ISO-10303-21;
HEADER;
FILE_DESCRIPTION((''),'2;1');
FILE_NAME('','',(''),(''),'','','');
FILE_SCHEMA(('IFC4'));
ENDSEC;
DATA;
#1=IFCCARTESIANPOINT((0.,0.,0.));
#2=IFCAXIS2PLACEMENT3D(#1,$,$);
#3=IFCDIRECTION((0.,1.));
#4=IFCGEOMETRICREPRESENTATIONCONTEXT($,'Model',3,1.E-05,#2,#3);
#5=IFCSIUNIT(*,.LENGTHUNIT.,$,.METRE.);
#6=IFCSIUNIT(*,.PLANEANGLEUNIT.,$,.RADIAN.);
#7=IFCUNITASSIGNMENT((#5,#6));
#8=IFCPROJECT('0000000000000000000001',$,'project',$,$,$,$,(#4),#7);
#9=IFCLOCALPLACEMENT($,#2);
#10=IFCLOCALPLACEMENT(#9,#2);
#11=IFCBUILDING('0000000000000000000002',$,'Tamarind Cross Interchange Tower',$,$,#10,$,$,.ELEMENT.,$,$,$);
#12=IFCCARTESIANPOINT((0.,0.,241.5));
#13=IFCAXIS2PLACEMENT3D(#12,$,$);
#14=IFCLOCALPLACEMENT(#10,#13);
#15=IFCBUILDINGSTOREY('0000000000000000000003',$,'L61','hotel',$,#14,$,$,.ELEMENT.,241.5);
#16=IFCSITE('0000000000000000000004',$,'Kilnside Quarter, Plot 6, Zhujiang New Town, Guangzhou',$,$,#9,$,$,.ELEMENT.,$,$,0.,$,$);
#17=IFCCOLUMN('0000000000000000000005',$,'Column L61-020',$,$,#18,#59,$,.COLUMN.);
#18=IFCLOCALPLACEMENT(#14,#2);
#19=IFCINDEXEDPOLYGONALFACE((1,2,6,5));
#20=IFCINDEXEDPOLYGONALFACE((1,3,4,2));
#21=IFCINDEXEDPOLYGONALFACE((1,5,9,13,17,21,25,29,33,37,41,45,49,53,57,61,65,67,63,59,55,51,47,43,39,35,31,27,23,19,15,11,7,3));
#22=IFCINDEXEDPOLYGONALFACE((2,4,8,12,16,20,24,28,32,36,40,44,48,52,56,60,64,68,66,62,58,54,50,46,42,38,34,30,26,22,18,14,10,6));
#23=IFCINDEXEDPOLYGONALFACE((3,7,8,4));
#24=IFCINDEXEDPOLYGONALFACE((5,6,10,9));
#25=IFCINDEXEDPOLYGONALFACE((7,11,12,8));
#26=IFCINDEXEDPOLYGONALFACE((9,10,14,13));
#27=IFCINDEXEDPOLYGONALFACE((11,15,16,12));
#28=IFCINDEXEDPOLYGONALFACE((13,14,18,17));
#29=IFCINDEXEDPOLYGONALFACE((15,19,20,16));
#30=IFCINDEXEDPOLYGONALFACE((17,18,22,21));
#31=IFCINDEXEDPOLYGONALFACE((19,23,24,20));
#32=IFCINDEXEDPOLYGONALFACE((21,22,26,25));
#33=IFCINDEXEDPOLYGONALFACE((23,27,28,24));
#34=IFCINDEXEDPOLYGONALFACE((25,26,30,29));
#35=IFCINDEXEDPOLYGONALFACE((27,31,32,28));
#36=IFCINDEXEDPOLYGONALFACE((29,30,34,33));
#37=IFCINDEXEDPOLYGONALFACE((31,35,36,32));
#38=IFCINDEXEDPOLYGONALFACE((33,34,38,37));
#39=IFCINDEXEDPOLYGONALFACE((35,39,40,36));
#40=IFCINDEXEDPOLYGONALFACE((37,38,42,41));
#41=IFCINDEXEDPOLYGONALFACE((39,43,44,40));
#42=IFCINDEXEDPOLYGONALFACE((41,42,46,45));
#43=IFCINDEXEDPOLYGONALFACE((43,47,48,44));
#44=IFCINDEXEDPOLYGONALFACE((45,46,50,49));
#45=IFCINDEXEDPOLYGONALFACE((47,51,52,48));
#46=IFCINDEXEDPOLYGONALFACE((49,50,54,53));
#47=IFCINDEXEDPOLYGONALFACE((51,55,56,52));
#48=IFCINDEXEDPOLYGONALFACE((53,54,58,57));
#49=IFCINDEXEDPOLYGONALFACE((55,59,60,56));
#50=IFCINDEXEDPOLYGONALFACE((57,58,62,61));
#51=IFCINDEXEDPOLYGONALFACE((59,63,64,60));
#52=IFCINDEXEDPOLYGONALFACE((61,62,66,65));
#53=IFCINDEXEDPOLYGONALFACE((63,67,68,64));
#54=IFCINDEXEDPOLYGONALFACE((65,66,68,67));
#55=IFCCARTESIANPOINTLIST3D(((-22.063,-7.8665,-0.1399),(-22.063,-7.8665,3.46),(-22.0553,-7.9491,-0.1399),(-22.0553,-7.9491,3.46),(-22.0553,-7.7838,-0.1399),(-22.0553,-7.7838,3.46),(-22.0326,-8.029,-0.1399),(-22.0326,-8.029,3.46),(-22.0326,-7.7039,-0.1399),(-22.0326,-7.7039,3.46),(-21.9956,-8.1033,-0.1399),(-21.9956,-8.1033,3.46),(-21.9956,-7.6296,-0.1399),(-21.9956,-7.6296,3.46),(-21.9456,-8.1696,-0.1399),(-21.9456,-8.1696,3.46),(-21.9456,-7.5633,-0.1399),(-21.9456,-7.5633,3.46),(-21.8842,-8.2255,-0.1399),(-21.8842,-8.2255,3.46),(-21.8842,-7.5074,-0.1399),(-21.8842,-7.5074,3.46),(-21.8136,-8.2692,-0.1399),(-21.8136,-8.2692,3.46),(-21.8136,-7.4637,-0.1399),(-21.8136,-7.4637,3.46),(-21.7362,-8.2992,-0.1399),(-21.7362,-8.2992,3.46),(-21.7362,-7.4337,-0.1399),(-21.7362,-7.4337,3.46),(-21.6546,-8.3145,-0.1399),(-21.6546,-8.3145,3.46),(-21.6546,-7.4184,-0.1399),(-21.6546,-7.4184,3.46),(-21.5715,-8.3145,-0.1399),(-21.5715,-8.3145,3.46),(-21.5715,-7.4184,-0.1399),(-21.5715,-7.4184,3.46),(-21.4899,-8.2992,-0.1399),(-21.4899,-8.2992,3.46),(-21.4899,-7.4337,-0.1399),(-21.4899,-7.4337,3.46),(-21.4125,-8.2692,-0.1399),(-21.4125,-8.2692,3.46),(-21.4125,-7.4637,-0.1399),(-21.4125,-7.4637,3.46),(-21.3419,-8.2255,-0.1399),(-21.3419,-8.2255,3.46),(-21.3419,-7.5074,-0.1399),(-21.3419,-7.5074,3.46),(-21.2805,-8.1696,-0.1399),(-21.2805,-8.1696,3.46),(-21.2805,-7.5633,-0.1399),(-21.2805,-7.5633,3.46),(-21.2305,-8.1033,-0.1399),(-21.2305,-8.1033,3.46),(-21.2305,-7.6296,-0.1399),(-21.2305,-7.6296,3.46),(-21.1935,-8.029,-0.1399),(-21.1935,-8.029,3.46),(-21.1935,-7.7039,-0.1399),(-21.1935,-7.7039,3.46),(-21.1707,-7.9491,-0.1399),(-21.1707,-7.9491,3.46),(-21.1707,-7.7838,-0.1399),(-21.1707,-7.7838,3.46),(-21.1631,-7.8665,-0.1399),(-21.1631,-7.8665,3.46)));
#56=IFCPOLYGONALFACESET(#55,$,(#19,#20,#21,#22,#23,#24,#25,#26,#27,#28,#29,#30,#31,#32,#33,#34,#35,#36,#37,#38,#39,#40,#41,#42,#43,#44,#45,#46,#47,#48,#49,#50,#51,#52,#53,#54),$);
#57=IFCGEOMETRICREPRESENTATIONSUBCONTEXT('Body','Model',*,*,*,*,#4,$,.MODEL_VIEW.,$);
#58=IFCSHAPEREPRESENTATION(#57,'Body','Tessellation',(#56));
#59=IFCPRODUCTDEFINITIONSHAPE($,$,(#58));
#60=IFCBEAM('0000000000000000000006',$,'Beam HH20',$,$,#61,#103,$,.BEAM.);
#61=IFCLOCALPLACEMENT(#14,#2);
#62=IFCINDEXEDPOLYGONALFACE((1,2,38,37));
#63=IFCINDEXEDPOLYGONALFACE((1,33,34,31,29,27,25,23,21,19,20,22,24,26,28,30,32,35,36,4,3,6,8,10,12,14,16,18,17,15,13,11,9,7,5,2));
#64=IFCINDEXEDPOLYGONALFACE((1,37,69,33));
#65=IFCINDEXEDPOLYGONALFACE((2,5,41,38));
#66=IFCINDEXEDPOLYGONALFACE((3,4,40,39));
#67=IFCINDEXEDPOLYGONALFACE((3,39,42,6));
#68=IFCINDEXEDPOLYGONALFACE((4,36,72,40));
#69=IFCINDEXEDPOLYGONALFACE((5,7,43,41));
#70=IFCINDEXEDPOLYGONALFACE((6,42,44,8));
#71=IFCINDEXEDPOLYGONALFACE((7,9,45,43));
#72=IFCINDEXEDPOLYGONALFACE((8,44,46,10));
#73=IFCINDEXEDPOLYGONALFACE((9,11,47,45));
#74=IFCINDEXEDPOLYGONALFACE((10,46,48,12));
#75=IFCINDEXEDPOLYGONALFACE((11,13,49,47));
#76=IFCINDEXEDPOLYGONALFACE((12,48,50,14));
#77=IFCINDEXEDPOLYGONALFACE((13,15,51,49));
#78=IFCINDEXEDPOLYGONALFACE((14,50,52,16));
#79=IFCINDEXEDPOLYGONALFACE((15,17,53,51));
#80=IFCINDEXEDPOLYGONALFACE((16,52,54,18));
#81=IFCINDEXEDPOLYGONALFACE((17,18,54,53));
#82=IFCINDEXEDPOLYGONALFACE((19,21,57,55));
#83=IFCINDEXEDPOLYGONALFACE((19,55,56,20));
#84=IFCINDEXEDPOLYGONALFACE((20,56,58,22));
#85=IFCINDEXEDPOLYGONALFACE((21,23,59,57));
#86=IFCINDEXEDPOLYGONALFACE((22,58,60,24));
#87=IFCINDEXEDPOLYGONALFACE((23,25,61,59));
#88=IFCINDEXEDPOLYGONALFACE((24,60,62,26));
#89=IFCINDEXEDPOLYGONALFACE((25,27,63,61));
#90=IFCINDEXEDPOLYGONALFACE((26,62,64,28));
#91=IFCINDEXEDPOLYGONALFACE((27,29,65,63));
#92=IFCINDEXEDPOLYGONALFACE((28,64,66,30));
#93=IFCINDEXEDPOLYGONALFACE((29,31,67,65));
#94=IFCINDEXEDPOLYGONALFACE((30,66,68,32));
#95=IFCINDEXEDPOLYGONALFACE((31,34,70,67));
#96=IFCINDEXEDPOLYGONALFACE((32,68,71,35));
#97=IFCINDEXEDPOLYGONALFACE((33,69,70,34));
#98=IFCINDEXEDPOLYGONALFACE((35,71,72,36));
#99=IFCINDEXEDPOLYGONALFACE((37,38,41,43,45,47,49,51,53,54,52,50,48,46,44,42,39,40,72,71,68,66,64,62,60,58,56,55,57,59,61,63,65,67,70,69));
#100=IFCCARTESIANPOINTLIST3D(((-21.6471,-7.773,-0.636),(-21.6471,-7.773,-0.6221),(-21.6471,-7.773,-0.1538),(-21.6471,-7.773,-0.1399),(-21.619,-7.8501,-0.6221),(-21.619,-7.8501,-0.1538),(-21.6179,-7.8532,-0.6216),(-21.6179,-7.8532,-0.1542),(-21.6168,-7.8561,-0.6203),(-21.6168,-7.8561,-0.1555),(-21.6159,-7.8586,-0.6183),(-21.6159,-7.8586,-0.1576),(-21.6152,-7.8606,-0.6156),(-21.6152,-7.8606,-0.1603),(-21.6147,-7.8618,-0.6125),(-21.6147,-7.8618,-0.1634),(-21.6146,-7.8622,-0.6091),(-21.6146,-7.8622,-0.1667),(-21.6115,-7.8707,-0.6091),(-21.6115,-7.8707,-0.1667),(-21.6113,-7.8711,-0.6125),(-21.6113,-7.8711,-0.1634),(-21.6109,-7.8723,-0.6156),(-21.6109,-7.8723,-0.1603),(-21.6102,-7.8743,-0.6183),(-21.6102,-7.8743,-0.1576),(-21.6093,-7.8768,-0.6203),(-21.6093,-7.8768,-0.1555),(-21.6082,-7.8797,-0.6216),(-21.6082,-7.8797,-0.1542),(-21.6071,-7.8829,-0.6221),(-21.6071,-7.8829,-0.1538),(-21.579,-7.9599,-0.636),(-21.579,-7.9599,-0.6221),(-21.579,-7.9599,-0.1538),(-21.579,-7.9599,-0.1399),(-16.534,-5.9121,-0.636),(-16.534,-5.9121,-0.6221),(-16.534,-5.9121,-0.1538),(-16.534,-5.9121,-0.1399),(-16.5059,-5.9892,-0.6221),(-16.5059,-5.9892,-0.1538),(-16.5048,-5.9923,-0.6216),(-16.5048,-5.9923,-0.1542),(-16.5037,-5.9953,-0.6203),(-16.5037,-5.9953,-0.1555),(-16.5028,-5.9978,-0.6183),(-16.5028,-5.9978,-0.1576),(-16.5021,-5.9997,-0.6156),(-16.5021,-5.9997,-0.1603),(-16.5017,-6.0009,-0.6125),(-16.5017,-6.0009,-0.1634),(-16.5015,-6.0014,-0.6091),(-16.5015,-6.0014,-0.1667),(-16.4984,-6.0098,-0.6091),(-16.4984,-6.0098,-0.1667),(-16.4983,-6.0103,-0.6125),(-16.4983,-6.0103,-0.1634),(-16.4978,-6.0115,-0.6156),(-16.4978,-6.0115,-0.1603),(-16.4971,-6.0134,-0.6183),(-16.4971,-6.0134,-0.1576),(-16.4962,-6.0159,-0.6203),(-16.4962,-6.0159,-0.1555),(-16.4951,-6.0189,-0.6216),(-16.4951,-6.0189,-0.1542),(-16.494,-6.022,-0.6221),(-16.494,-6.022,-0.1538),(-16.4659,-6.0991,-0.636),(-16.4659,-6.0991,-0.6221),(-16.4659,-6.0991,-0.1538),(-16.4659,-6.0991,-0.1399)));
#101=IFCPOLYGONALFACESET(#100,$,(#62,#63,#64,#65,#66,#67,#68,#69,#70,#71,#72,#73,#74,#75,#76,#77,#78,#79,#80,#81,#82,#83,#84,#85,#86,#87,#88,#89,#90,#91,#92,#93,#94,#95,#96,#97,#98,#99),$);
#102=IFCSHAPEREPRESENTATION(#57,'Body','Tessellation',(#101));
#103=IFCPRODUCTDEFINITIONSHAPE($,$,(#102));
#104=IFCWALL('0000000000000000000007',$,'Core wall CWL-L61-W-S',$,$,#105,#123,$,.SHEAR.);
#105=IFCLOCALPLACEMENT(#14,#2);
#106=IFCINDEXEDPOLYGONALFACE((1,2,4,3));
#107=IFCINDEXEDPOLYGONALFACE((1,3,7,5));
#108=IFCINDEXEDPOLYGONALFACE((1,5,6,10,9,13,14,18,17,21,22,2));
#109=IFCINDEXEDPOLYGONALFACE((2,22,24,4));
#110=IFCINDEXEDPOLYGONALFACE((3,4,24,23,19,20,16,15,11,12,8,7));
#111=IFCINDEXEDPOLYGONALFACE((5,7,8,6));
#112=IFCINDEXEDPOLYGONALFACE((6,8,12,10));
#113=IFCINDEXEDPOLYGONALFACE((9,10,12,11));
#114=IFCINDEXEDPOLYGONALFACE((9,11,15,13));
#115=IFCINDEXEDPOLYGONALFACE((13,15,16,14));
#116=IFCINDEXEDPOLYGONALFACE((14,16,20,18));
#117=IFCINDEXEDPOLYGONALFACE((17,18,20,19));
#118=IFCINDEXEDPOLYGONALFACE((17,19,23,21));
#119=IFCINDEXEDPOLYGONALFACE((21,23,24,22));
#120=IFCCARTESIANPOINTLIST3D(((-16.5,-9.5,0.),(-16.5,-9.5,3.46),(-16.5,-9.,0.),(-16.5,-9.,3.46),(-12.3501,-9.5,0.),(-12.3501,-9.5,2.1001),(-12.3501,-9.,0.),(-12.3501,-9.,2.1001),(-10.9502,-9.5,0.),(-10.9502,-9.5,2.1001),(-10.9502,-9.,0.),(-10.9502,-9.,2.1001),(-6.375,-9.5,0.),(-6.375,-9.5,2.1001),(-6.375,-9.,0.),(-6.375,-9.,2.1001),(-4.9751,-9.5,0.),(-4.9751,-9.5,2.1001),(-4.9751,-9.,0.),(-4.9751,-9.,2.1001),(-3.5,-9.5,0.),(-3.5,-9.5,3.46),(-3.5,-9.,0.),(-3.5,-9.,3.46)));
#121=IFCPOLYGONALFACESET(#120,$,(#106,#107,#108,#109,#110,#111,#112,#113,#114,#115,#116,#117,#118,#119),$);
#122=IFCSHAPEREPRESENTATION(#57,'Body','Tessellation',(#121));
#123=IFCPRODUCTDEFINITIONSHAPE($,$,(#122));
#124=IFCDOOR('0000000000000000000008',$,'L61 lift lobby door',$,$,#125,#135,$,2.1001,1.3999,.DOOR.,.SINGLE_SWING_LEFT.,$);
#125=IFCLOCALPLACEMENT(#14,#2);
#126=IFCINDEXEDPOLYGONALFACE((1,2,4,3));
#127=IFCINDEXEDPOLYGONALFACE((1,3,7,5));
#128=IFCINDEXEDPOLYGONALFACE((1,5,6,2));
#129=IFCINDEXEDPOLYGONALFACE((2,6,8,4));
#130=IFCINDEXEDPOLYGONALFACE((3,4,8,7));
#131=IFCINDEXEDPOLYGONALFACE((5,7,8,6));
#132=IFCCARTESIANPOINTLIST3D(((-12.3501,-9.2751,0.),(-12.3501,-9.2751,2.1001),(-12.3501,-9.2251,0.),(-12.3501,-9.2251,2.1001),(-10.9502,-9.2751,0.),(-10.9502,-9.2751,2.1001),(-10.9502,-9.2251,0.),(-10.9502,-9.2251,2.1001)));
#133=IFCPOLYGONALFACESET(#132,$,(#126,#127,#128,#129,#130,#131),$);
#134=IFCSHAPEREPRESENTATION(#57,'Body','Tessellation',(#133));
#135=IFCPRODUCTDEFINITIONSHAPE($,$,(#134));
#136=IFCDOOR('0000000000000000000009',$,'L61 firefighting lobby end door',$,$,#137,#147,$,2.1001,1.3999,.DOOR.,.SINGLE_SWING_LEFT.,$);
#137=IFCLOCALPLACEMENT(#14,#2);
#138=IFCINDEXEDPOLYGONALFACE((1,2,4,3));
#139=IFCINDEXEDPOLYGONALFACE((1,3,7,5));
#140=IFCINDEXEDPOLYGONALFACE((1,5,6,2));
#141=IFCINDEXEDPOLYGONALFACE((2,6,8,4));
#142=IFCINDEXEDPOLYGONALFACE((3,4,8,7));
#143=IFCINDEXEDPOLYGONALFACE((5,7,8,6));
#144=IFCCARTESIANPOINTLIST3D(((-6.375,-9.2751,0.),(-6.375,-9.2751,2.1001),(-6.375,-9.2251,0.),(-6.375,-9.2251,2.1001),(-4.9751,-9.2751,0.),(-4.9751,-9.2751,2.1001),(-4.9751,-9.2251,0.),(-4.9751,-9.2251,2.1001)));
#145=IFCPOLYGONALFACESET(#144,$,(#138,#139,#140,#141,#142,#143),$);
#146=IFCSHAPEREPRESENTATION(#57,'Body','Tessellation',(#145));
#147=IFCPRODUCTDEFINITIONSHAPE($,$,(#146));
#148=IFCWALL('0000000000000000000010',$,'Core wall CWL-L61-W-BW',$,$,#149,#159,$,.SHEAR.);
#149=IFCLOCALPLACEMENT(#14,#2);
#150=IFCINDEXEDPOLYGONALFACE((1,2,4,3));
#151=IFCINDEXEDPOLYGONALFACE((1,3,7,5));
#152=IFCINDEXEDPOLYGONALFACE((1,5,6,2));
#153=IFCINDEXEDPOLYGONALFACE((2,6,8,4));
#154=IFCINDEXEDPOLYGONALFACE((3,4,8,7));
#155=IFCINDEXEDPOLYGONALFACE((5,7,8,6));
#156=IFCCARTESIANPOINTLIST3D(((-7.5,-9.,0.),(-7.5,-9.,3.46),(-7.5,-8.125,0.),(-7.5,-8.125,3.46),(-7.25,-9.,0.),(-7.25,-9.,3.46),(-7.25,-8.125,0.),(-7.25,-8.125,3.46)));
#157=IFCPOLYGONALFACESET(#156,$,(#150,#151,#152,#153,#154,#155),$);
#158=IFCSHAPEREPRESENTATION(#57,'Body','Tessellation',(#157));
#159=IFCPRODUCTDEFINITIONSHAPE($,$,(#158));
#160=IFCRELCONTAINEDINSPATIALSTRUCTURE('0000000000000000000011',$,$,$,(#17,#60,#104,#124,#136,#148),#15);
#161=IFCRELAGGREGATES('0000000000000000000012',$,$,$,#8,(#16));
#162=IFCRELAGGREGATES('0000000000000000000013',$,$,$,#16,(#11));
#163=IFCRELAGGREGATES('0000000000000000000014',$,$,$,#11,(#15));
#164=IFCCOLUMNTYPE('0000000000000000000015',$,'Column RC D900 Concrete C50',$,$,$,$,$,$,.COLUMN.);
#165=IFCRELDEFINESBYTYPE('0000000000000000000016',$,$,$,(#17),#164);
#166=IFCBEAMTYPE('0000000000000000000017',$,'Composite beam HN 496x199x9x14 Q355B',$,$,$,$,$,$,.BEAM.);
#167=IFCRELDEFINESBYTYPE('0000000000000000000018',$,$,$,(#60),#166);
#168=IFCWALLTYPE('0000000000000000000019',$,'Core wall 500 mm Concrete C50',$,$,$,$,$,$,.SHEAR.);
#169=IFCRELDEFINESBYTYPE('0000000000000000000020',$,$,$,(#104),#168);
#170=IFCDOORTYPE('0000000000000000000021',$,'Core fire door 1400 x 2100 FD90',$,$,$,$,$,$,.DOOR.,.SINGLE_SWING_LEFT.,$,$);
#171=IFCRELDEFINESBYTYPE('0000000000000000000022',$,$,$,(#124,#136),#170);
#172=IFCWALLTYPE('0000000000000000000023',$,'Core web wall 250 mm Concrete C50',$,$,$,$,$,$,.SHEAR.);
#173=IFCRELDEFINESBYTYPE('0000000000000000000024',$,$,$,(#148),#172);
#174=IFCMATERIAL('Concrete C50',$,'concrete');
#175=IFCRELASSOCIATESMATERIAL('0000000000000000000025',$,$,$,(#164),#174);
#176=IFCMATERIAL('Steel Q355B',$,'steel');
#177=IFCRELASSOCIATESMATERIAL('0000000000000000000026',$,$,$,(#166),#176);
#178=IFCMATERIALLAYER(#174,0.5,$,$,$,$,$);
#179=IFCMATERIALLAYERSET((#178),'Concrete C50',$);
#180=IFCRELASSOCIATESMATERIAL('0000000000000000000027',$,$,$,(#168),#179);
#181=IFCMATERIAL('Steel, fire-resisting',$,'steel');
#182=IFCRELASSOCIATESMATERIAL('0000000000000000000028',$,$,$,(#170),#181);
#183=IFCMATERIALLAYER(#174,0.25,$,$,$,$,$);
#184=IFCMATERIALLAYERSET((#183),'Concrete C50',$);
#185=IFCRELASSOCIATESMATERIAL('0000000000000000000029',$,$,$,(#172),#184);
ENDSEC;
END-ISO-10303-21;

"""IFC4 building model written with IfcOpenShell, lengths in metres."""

from ifc_helpers import new_model, si_unit, direction, frame, frame_2d, origin, origin_2d, place, context, subcontext, project, spatial, rectangle, circle, i_section, extrude, material, layer, layer_set, material_profile, profile_set, type_object, element, fill, save


model = new_model("IFC4")

# Units and contexts
model_context = context("Model", 3, precision=1e-05, world=origin(), true_north=direction((0.0, 1.0)))
body_context = subcontext(model_context, "Body", "Model", "MODEL_VIEW")
ifc_project = project(units=[si_unit("LENGTHUNIT", "METRE"), si_unit("PLANEANGLEUNIT", "RADIAN")], contexts=[model_context])

# Site, building, storey
site_placement = place(None, origin())
site = spatial("IfcSite", under=ifc_project, at=site_placement, Name="Kilnside Quarter, Plot 6, Zhujiang New Town, Guangzhou", CompositionType="ELEMENT", RefElevation=0.0)
building_placement = place(site_placement, origin())
building = spatial("IfcBuilding", under=site, at=building_placement, Name="Tamarind Cross Interchange Tower", CompositionType="ELEMENT")
storey_placement = place(building_placement, frame((0.0, 0.0, 241.5)))
storey = spatial("IfcBuildingStorey", under=building, at=storey_placement, Name="L61", Description="hotel", CompositionType="ELEMENT", Elevation=241.5)

# Column
ifc_material_1 = material(Name="Concrete C50", Category="concrete")
ifc_material_profile_1 = material_profile(ifc_material_1, circle(Radius=0.45, at=origin_2d()), Name="RC D900")
ifc_profile_set_1 = profile_set([ifc_material_profile_1], Name="Concrete C50")
column_type = type_object("IfcColumnType", Name="Column RC D900 Concrete C50", PredefinedType="COLUMN", material=ifc_profile_set_1)
column_placement = place(storey_placement, frame((-21.613, -7.8665, -0.1399), z_axis=(0.0, 0.0, 1.0), x_axis=(1.0, 0.0, 0.0)))
element("IfcColumn", 1, at=column_placement, inside=storey, type_object=column_type, Name="Column L61-020", PredefinedType="COLUMN", context=body_context, shape_type="SweptSolid", body=[
    extrude(circle(Radius=0.45, at=origin_2d()), origin(), (0.0, 0.0, 1.0), 3.5999),
])

# Beam
ifc_material_2 = material(Name="Steel Q355B", Category="steel")
ifc_material_profile_2 = material_profile(ifc_material_2, i_section(OverallWidth=0.199, OverallDepth=0.4961, WebThickness=0.009, FlangeThickness=0.0139, FilletRadius=0.0129, at=origin_2d()), Name="HN 496x199x9x14")
ifc_profile_set_2 = profile_set([ifc_material_profile_2], Name="Steel Q355B")
beam_type = type_object("IfcBeamType", Name="Composite beam HN 496x199x9x14 Q355B", PredefinedType="BEAM", material=ifc_profile_set_2)
beam_placement = place(storey_placement, frame((-21.613, -7.8665, -0.3879), z_axis=(0.939702, 0.341995, 0.0), x_axis=(-0.341995, 0.939702, 0.0)))
element("IfcBeam", 2, at=beam_placement, inside=storey, type_object=beam_type, Name="Beam HH20", PredefinedType="BEAM", context=body_context, shape_type="SweptSolid", body=[
    extrude(i_section(OverallWidth=0.199, OverallDepth=0.4961, WebThickness=0.009, FlangeThickness=0.0139, FilletRadius=0.0129, at=origin_2d()), origin(), (0.0, 0.0, 1.0), 5.4412),
])

# Wall, openings, doors
ifc_layer_1 = layer(ifc_material_1, 0.5)
ifc_layer_set_1 = layer_set([ifc_layer_1], Name="Concrete C50")
wall_type_1 = type_object("IfcWallType", Name="Core wall 500 mm Concrete C50", PredefinedType="SHEAR", material=ifc_layer_set_1)
wall_1_placement = place(storey_placement, frame((-16.5, -9.25, 0.0), z_axis=(0.0, 0.0, 1.0), x_axis=(1.0, 0.0, 0.0)))
wall_1 = element("IfcWall", 3, at=wall_1_placement, inside=storey, type_object=wall_type_1, Name="Core wall CWL-L61-W-S", PredefinedType="SHEAR", context=body_context, shape_type="SweptSolid", body=[
    extrude(rectangle(XDim=13.0, YDim=0.5, at=frame_2d((6.5, 0.0))), origin(), (0.0, 0.0, 1.0), 3.46),
])
opening_1_placement = place(wall_1_placement, frame((4.1499, 0.0, 0.0)))
opening_1 = element("IfcOpeningElement", 4, at=opening_1_placement, cuts=wall_1, PredefinedType="OPENING", context=body_context, shape_type="SweptSolid", body=[
    extrude(rectangle(XDim=1.3999, YDim=2.1001, at=frame_2d((0.7, 1.05))), frame((0.0, 0.26, 0.0), z_axis=(0.0, -1.0, 0.0), x_axis=(1.0, 0.0, 0.0)), (0.0, 0.0, 1.0), 0.52),
])
opening_2_placement = place(wall_1_placement, frame((10.125, 0.0, 0.0)))
opening_2 = element("IfcOpeningElement", 5, at=opening_2_placement, cuts=wall_1, PredefinedType="OPENING", context=body_context, shape_type="SweptSolid", body=[
    extrude(rectangle(XDim=1.3999, YDim=2.1001, at=frame_2d((0.7, 1.05))), frame((0.0, 0.26, 0.0), z_axis=(0.0, -1.0, 0.0), x_axis=(1.0, 0.0, 0.0)), (0.0, 0.0, 1.0), 0.52),
])
ifc_material_3 = material(Name="Steel, fire-resisting", Category="steel")
door_type_1 = type_object("IfcDoorType", Name="Core fire door 1400 x 2100 FD90", OperationType="SINGLE_SWING_LEFT", PredefinedType="DOOR", material=ifc_material_3)
door_1_placement = place(opening_1_placement, origin())
door_1 = element("IfcDoor", 6, at=door_1_placement, inside=storey, type_object=door_type_1, Name="L61 lift lobby door", OperationType="SINGLE_SWING_LEFT", OverallHeight=2.1001, OverallWidth=1.3999, PredefinedType="DOOR", context=body_context, shape_type="SweptSolid", body=[
    extrude(rectangle(XDim=1.3999, YDim=2.1001, at=frame_2d((0.7, 1.05))), frame((0.0, 0.0249, 0.0), z_axis=(0.0, -1.0, 0.0), x_axis=(1.0, 0.0, 0.0)), (0.0, 0.0, 1.0), 0.05),
])
fill(opening_1, door_1)
door_2_placement = place(opening_2_placement, origin())
door_2 = element("IfcDoor", 7, at=door_2_placement, inside=storey, type_object=door_type_1, Name="L61 firefighting lobby end door", OperationType="SINGLE_SWING_LEFT", OverallHeight=2.1001, OverallWidth=1.3999, PredefinedType="DOOR", context=body_context, shape_type="SweptSolid", body=[
    extrude(rectangle(XDim=1.3999, YDim=2.1001, at=frame_2d((0.7, 1.05))), frame((0.0, 0.0249, 0.0), z_axis=(0.0, -1.0, 0.0), x_axis=(1.0, 0.0, 0.0)), (0.0, 0.0, 1.0), 0.05),
])
fill(opening_2, door_2)

# Wall
ifc_layer_2 = layer(ifc_material_1, 0.25)
ifc_layer_set_2 = layer_set([ifc_layer_2], Name="Concrete C50")
wall_type_2 = type_object("IfcWallType", Name="Core web wall 250 mm Concrete C50", PredefinedType="SHEAR", material=ifc_layer_set_2)
wall_2_placement = place(storey_placement, frame((-7.375, -9.0, 0.0), z_axis=(0.0, 0.0, 1.0), x_axis=(0.0, 1.0, 0.0)))
element("IfcWall", 8, at=wall_2_placement, inside=storey, type_object=wall_type_2, Name="Core wall CWL-L61-W-BW", PredefinedType="SHEAR", context=body_context, shape_type="SweptSolid", body=[
    extrude(rectangle(XDim=0.875, YDim=0.25, at=frame_2d((0.4375, 0.0))), origin(), (0.0, 0.0, 1.0), 3.46),
])

save(model, "model.ifc")
